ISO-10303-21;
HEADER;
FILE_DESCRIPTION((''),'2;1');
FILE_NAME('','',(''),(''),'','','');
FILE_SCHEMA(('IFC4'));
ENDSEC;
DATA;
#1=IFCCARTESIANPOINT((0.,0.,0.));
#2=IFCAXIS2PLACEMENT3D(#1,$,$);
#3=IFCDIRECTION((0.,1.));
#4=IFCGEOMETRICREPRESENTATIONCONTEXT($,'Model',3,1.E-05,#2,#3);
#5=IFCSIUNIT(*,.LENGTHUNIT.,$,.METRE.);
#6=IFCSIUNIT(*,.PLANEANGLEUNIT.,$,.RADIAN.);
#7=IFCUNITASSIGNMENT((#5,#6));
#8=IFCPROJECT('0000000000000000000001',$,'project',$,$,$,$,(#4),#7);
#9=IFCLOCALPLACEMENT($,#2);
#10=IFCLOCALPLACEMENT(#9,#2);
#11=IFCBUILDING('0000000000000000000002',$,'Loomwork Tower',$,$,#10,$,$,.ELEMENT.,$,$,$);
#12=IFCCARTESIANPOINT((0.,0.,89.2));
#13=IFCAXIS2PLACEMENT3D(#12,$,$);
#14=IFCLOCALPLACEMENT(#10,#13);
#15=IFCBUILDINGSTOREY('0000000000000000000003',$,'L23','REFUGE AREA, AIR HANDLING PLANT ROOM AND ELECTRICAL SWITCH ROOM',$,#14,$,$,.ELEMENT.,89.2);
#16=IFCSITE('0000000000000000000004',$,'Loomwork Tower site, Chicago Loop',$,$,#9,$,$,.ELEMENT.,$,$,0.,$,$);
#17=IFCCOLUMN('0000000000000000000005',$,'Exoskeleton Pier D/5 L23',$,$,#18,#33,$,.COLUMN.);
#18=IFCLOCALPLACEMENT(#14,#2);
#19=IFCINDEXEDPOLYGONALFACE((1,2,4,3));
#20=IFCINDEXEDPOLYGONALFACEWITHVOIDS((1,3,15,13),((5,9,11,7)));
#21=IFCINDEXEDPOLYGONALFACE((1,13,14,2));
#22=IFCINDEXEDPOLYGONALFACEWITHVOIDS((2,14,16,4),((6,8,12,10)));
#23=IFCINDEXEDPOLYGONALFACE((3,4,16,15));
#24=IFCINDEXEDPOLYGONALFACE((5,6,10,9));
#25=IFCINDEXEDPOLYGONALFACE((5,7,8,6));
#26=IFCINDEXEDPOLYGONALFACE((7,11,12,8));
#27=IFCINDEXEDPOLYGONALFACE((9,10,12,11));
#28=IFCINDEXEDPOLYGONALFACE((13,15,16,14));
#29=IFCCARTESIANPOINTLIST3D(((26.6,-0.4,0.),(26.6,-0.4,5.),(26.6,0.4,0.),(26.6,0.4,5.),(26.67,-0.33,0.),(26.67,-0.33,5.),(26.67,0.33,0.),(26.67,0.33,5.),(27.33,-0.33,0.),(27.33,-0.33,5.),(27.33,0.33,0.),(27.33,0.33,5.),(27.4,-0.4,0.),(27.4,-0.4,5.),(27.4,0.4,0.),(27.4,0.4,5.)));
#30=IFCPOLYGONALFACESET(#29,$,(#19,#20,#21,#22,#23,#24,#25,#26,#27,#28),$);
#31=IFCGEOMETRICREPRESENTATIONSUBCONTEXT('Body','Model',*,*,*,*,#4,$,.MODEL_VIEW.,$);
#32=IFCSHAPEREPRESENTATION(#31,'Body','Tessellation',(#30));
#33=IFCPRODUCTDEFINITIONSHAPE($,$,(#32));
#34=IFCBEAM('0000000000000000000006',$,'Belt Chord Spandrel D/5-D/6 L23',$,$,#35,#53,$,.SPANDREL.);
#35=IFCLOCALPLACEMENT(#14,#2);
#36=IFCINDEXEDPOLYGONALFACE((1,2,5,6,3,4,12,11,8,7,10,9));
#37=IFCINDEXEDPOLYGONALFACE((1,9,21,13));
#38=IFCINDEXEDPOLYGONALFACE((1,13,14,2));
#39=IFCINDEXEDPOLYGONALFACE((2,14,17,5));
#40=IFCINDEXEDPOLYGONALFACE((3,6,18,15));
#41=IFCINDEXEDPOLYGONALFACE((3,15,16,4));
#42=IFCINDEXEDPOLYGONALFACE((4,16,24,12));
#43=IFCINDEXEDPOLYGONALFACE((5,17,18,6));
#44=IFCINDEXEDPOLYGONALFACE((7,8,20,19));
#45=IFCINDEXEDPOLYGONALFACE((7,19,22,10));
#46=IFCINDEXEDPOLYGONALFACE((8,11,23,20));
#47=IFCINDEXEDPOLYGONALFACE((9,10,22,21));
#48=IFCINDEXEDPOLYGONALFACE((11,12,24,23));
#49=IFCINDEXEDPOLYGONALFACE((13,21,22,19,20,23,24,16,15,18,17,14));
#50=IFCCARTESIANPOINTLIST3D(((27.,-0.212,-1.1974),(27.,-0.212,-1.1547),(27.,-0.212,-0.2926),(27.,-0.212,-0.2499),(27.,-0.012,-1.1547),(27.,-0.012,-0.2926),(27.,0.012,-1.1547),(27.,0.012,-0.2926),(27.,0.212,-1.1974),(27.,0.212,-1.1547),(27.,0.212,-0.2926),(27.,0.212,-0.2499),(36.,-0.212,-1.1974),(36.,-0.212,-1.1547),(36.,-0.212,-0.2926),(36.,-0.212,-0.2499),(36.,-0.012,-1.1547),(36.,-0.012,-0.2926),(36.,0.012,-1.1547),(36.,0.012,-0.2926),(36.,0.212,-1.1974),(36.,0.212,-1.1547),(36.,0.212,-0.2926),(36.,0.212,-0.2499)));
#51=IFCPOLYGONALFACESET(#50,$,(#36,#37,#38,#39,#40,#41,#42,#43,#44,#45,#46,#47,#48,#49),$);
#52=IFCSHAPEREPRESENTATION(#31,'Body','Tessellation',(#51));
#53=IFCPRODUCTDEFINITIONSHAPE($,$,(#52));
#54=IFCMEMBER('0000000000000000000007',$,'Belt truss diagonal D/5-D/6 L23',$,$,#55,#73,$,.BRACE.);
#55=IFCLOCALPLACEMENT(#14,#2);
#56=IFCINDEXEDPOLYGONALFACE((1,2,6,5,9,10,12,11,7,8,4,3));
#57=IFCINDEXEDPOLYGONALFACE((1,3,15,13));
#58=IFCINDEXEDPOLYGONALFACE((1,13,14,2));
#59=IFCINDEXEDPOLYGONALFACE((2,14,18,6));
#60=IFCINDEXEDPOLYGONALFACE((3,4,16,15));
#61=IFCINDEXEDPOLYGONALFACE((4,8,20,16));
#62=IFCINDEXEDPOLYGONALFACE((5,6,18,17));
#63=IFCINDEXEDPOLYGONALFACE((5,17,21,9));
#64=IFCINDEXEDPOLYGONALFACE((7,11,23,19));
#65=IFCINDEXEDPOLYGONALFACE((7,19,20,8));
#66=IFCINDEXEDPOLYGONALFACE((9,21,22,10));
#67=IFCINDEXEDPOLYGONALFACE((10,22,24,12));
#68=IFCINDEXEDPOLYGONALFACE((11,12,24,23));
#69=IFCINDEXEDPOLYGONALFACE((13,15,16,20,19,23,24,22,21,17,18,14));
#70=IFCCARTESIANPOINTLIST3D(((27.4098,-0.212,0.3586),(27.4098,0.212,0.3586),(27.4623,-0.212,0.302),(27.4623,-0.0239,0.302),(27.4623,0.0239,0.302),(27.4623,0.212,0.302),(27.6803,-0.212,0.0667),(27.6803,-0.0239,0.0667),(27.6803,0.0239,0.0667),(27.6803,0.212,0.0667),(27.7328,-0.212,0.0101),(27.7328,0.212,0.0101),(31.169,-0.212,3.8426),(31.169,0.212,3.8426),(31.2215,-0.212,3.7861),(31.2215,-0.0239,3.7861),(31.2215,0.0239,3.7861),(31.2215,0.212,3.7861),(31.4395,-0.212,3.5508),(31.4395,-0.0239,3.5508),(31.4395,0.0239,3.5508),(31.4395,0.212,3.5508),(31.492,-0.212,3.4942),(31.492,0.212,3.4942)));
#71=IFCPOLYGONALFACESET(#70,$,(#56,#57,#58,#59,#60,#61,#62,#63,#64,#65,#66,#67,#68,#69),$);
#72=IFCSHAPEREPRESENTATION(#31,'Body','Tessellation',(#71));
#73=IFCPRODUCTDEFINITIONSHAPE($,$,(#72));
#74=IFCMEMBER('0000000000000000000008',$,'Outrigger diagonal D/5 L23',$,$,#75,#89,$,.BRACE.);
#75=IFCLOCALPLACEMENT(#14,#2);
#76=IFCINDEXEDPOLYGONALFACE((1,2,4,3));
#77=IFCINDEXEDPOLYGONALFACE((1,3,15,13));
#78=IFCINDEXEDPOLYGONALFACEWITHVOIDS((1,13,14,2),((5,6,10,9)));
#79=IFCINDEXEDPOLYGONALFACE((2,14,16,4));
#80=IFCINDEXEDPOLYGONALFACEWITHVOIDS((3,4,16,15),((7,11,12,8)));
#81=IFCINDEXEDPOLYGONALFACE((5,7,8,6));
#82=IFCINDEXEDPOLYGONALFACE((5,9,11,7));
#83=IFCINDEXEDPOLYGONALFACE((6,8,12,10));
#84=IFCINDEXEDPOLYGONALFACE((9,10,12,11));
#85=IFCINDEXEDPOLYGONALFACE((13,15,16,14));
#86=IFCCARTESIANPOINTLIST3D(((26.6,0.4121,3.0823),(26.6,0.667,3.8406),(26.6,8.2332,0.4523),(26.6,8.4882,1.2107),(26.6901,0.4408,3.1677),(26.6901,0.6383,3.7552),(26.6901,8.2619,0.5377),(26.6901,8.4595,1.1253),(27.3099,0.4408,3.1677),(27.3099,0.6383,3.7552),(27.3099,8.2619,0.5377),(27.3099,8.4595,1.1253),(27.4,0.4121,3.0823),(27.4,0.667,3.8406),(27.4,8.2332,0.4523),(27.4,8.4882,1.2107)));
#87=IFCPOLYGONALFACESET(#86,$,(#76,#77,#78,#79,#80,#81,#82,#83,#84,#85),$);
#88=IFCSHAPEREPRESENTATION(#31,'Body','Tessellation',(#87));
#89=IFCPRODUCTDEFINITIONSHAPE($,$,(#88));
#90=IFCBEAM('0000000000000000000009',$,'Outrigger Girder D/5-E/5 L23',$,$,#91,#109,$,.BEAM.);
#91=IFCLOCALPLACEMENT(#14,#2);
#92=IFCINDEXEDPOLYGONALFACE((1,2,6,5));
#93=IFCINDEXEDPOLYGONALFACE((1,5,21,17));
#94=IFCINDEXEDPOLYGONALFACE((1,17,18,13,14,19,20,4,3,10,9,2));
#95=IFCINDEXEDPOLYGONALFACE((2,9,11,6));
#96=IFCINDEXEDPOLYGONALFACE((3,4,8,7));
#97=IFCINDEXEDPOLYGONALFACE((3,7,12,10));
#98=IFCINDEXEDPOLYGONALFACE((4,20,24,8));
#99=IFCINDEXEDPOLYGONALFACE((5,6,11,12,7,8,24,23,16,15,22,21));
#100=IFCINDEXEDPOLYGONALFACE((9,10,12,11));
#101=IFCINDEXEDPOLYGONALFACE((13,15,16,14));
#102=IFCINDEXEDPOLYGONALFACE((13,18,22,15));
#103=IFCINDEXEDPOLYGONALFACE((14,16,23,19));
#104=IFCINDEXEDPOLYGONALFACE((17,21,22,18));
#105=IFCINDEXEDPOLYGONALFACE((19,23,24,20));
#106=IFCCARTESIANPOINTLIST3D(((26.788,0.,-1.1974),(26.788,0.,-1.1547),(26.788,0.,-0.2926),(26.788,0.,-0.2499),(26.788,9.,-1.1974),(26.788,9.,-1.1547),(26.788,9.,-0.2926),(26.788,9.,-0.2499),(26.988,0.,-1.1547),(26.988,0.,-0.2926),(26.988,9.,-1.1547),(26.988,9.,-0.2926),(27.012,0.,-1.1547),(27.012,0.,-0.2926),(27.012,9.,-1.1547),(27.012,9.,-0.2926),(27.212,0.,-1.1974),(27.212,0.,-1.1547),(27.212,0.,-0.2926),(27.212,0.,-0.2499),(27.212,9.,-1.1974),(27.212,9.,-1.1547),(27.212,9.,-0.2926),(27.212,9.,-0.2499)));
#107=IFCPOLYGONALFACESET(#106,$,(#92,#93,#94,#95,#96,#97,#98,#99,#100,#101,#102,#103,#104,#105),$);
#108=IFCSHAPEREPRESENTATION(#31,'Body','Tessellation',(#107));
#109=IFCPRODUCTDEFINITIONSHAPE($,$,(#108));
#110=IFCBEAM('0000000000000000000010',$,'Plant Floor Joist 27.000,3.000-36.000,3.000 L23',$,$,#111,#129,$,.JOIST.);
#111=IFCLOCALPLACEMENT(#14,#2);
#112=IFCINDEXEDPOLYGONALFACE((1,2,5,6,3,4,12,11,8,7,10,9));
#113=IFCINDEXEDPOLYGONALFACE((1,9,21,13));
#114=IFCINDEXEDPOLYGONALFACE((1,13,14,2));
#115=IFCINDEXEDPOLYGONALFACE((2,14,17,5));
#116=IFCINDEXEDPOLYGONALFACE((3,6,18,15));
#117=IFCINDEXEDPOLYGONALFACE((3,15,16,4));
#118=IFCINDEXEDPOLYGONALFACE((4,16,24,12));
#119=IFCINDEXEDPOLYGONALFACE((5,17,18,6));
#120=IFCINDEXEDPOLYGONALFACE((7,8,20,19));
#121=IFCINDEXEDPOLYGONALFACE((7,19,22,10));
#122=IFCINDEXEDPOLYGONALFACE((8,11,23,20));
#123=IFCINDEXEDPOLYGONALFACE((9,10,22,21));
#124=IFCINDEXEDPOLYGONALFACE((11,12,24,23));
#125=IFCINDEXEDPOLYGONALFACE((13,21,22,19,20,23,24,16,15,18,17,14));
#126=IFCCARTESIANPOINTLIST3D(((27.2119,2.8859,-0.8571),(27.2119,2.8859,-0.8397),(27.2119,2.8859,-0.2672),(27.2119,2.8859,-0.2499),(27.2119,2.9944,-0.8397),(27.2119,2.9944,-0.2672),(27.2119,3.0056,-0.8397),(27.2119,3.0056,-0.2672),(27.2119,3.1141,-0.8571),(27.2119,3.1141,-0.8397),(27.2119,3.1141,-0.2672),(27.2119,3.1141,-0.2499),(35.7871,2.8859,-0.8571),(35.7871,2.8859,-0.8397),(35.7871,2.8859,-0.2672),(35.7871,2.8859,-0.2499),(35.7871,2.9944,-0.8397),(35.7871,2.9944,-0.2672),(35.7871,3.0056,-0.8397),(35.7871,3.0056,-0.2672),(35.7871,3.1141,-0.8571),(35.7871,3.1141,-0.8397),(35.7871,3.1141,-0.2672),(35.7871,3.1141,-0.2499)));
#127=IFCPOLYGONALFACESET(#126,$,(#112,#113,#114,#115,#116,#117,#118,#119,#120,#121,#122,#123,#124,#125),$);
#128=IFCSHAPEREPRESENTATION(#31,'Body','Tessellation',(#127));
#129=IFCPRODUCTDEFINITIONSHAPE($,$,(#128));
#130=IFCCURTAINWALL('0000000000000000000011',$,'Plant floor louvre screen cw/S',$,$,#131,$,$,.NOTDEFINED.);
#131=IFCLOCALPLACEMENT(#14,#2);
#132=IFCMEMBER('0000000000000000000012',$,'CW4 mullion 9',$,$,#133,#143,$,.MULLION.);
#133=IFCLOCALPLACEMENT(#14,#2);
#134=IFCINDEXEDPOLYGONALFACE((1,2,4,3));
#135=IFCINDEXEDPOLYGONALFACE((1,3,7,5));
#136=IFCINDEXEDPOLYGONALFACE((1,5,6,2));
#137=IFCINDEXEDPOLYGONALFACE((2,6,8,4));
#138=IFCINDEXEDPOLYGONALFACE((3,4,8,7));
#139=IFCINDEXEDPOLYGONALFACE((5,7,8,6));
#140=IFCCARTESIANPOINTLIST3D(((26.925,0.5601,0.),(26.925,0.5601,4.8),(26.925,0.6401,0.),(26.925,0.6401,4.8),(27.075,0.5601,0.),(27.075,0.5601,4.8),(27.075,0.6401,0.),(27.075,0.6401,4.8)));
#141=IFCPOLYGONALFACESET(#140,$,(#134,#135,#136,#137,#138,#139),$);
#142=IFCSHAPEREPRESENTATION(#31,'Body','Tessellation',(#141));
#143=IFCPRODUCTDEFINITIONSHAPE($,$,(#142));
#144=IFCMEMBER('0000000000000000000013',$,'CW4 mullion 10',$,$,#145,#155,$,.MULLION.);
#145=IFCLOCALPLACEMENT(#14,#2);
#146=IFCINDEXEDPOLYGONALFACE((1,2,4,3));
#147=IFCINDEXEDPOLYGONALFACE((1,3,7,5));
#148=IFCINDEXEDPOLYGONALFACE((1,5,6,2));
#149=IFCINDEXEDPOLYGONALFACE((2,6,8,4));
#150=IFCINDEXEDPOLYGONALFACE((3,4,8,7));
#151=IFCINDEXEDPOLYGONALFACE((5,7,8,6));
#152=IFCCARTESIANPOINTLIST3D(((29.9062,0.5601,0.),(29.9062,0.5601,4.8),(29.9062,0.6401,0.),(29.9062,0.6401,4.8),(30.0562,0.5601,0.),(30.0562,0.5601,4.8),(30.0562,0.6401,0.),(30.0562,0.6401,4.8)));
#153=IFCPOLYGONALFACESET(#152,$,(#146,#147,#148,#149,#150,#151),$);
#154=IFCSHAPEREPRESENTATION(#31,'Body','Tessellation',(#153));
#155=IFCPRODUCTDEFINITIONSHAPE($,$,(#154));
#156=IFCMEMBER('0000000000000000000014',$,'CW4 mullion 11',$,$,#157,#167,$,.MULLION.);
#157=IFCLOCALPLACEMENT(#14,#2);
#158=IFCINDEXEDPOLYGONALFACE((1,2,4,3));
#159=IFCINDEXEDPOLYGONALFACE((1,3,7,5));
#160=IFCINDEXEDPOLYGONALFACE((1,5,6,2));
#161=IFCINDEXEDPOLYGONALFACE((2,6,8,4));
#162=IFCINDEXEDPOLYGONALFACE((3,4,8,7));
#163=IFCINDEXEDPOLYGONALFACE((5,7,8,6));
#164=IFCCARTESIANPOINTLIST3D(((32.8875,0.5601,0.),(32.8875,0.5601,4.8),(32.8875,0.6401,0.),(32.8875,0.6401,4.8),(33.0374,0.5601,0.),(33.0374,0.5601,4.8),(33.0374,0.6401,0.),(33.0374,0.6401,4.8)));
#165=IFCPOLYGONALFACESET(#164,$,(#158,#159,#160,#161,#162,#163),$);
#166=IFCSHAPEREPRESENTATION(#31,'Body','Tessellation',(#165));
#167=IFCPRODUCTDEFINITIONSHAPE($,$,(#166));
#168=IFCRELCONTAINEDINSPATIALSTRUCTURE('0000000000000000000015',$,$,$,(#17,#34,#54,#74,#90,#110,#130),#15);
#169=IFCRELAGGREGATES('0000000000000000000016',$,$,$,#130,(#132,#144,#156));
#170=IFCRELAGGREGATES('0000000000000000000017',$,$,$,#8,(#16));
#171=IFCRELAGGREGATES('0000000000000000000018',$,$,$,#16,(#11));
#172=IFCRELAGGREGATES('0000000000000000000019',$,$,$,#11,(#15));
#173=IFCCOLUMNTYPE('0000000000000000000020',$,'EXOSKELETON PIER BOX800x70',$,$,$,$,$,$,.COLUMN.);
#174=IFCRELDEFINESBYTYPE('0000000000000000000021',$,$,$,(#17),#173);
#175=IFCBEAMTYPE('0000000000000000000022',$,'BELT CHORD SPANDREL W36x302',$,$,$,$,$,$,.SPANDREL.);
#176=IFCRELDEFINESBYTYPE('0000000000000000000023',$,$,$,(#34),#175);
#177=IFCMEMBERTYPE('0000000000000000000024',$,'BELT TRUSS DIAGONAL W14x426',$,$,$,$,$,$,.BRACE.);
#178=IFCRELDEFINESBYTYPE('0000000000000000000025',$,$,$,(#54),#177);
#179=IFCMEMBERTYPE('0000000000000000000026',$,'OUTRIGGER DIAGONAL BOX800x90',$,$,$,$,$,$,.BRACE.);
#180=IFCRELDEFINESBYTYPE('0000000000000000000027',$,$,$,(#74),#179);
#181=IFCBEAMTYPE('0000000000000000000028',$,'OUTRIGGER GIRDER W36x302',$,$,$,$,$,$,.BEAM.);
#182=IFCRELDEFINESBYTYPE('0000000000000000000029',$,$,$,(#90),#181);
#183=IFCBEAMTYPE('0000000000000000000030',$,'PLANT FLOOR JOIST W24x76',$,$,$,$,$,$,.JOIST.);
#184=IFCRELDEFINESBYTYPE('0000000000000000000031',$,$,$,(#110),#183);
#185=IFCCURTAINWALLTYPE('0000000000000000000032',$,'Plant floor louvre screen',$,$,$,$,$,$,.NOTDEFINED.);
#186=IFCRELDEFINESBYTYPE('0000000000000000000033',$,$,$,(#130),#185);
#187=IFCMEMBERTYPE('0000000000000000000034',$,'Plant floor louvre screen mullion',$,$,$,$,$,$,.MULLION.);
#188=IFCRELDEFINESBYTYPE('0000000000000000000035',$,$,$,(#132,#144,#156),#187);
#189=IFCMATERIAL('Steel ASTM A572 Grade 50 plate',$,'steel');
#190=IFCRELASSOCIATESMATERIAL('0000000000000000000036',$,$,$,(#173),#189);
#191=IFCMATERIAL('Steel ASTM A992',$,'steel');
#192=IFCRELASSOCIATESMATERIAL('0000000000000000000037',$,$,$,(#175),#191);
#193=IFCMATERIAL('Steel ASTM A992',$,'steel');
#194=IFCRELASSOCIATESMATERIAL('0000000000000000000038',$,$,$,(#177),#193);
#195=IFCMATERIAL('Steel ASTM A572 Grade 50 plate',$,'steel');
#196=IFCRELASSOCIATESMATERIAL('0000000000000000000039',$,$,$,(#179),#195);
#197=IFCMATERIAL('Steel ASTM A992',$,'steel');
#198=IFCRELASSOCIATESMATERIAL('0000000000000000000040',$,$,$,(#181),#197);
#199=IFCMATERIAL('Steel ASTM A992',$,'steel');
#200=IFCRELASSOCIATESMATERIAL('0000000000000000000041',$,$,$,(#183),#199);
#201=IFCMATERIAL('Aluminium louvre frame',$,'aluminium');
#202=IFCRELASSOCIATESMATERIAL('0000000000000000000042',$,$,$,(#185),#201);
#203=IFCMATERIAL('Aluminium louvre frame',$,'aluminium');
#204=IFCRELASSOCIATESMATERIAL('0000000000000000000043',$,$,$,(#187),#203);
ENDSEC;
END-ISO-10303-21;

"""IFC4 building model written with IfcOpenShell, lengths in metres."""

from ifc_helpers import new_model, si_unit, direction, frame, origin, origin_2d, place, context, subcontext, project, spatial, rectangle, hollow_rectangle, i_section, extrude, material, material_profile, profile_set, type_object, element, aggregate, save


model = new_model("IFC4")

# Units and contexts
model_context = context("Model", 3, precision=1e-05, world=origin(), true_north=direction((0.0, 1.0)))
body_context = subcontext(model_context, "Body", "Model", "MODEL_VIEW")
ifc_project = project(units=[si_unit("LENGTHUNIT", "METRE"), si_unit("PLANEANGLEUNIT", "RADIAN")], contexts=[model_context])

# Site, building, storey
site_placement = place(None, origin())
site = spatial("IfcSite", under=ifc_project, at=site_placement, Name="Loomwork Tower site, Chicago Loop", CompositionType="ELEMENT", RefElevation=0.0)
building_placement = place(site_placement, origin())
building = spatial("IfcBuilding", under=site, at=building_placement, Name="Loomwork Tower", CompositionType="ELEMENT")
storey_placement = place(building_placement, frame((0.0, 0.0, 89.2)))
storey = spatial("IfcBuildingStorey", under=building, at=storey_placement, Name="L23", Description="REFUGE AREA, AIR HANDLING PLANT ROOM AND ELECTRICAL SWITCH ROOM", CompositionType="ELEMENT", Elevation=89.2)

# Column
ifc_material_1 = material(Name="Steel ASTM A572 Grade 50 plate", Category="steel")
ifc_material_profile_1 = material_profile(ifc_material_1, hollow_rectangle(XDim=0.8, YDim=0.8, WallThickness=0.0701, at=origin_2d()), Name="BOX800x70")
ifc_profile_set_1 = profile_set([ifc_material_profile_1], Name="Steel ASTM A572 Grade 50 plate")
column_type = type_object("IfcColumnType", Name="EXOSKELETON PIER BOX800x70", PredefinedType="COLUMN", material=ifc_profile_set_1)
column_placement = place(storey_placement, frame((27.0, 0.0, 0.0), z_axis=(0.0, 0.0, 1.0), x_axis=(1.0, 0.0, 0.0)))
element("IfcColumn", 1, at=column_placement, inside=storey, type_object=column_type, Name="Exoskeleton Pier D/5 L23", PredefinedType="COLUMN", context=body_context, shape_type="SweptSolid", body=[
    extrude(hollow_rectangle(XDim=0.8, YDim=0.8, WallThickness=0.0701, at=origin_2d()), origin(), (0.0, 0.0, 1.0), 5.0),
])

# Beam
ifc_material_2 = material(Name="Steel ASTM A992", Category="steel")
ifc_material_profile_2 = material_profile(ifc_material_2, i_section(OverallWidth=0.4241, OverallDepth=0.9475, WebThickness=0.0239, FlangeThickness=0.0427, at=origin_2d()), Name="W36x302")
ifc_profile_set_2 = profile_set([ifc_material_profile_2], Name="Steel ASTM A992")
beam_type_1 = type_object("IfcBeamType", Name="BELT CHORD SPANDREL W36x302", PredefinedType="SPANDREL", material=ifc_profile_set_2)
beam_1_placement = place(storey_placement, frame((27.0, 0.0, -0.7236), z_axis=(1.0, 0.0, 0.0), x_axis=(0.0, 1.0, 0.0)))
element("IfcBeam", 2, at=beam_1_placement, inside=storey, type_object=beam_type_1, Name="Belt Chord Spandrel D/5-D/6 L23", PredefinedType="SPANDREL", context=body_context, shape_type="SweptSolid", body=[
    extrude(i_section(OverallWidth=0.4241, OverallDepth=0.9475, WebThickness=0.0239, FlangeThickness=0.0427, at=origin_2d()), origin(), (0.0, 0.0, 1.0), 9.0),
])

# Members
ifc_material_3 = material(Name="Steel ASTM A992", Category="steel")
ifc_material_profile_3 = material_profile(ifc_material_3, i_section(OverallWidth=0.4241, OverallDepth=0.4751, WebThickness=0.0479, FlangeThickness=0.0771, at=origin_2d()), Name="W14x426")
ifc_profile_set_3 = profile_set([ifc_material_profile_3], Name="Steel ASTM A992")
member_type_1 = type_object("IfcMemberType", Name="BELT TRUSS DIAGONAL W14x426", PredefinedType="BRACE", material=ifc_profile_set_3)
member_1_placement = place(storey_placement, frame((27.5713, 0.0, 0.1843), z_axis=(0.733438, 0.0, 0.679757), x_axis=(0.0, 1.0, 0.0)))
element("IfcMember", 3, at=member_1_placement, inside=storey, type_object=member_type_1, Name="Belt truss diagonal D/5-D/6 L23", PredefinedType="BRACE", context=body_context, shape_type="SweptSolid", body=[
    extrude(i_section(OverallWidth=0.4241, OverallDepth=0.4751, WebThickness=0.0479, FlangeThickness=0.0771, at=origin_2d()), origin(), (0.0, 0.0, 1.0), 5.1255),
])
ifc_material_4 = material(Name="Steel ASTM A572 Grade 50 plate", Category="steel")
ifc_material_profile_4 = material_profile(ifc_material_4, hollow_rectangle(XDim=0.8, YDim=0.8, WallThickness=0.0901, at=origin_2d()), Name="BOX800x90")
ifc_profile_set_4 = profile_set([ifc_material_profile_4], Name="Steel ASTM A572 Grade 50 plate")
member_type_2 = type_object("IfcMemberType", Name="OUTRIGGER DIAGONAL BOX800x90", PredefinedType="BRACE", material=ifc_profile_set_4)
member_2_placement = place(storey_placement, frame((27.0, 0.5396, 3.4614), z_axis=(0.0, 0.947849, -0.318721), x_axis=(-1.0, 0.0, 0.0)))
element("IfcMember", 4, at=member_2_placement, inside=storey, type_object=member_type_2, Name="Outrigger diagonal D/5 L23", PredefinedType="BRACE", context=body_context, shape_type="SweptSolid", body=[
    extrude(hollow_rectangle(XDim=0.8, YDim=0.8, WallThickness=0.0901, at=origin_2d()), origin(), (0.0, 0.0, 1.0), 8.2515),
])

# Beams
ifc_material_5 = material(Name="Steel ASTM A992", Category="steel")
ifc_material_profile_5 = material_profile(ifc_material_5, i_section(OverallWidth=0.4241, OverallDepth=0.9475, WebThickness=0.0239, FlangeThickness=0.0427, at=origin_2d()), Name="W36x302")
ifc_profile_set_5 = profile_set([ifc_material_profile_5], Name="Steel ASTM A992")
beam_type_2 = type_object("IfcBeamType", Name="OUTRIGGER GIRDER W36x302", PredefinedType="BEAM", material=ifc_profile_set_5)
beam_2_placement = place(storey_placement, frame((27.0, 0.0, -0.7236), z_axis=(0.0, 1.0, 0.0), x_axis=(-1.0, 0.0, 0.0)))
element("IfcBeam", 5, at=beam_2_placement, inside=storey, type_object=beam_type_2, Name="Outrigger Girder D/5-E/5 L23", PredefinedType="BEAM", context=body_context, shape_type="SweptSolid", body=[
    extrude(i_section(OverallWidth=0.4241, OverallDepth=0.9475, WebThickness=0.0239, FlangeThickness=0.0427, at=origin_2d()), origin(), (0.0, 0.0, 1.0), 9.0),
])
ifc_material_6 = material(Name="Steel ASTM A992", Category="steel")
ifc_material_profile_6 = material_profile(ifc_material_6, i_section(OverallWidth=0.2283, OverallDepth=0.6072, WebThickness=0.0112, FlangeThickness=0.0173, at=origin_2d()), Name="W24x76")
ifc_profile_set_6 = profile_set([ifc_material_profile_6], Name="Steel ASTM A992")
beam_type_3 = type_object("IfcBeamType", Name="PLANT FLOOR JOIST W24x76", PredefinedType="JOIST", material=ifc_profile_set_6)
beam_3_placement = place(storey_placement, frame((27.2119, 3.0, -0.5535), z_axis=(1.0, 0.0, 0.0), x_axis=(0.0, 1.0, 0.0)))
element("IfcBeam", 6, at=beam_3_placement, inside=storey, type_object=beam_type_3, Name="Plant Floor Joist 27.000,3.000-36.000,3.000 L23", PredefinedType="JOIST", context=body_context, shape_type="SweptSolid", body=[
    extrude(i_section(OverallWidth=0.2283, OverallDepth=0.6072, WebThickness=0.0112, FlangeThickness=0.0173, at=origin_2d()), origin(), (0.0, 0.0, 1.0), 8.5752),
])

# Curtain wall, members
ifc_material_7 = material(Name="Aluminium louvre frame", Category="aluminium")
curtain_wall_type = type_object("IfcCurtainWallType", Name="Plant floor louvre screen", PredefinedType="NOTDEFINED", material=ifc_material_7)
curtain_wall_placement = place(storey_placement, origin())
curtain_wall = element("IfcCurtainWall", 7, at=curtain_wall_placement, inside=storey, type_object=curtain_wall_type, Name="Plant floor louvre screen cw/S", PredefinedType="NOTDEFINED")
ifc_material_8 = material(Name="Aluminium louvre frame", Category="aluminium")
ifc_material_profile_7 = material_profile(ifc_material_8, rectangle(XDim=0.0801, YDim=0.1499, at=origin_2d()), Name="AL 80x150")
ifc_profile_set_7 = profile_set([ifc_material_profile_7], Name="Aluminium louvre frame")
member_type_3 = type_object("IfcMemberType", Name="Plant floor louvre screen mullion", PredefinedType="MULLION", material=ifc_profile_set_7)
member_3_placement = place(storey_placement, frame((27.0, 0.6001, 0.0), z_axis=(0.0, 0.0, 1.0), x_axis=(0.0, 1.0, 0.0)))
member_3 = element("IfcMember", 8, at=member_3_placement, type_object=member_type_3, Name="CW4 mullion 9", PredefinedType="MULLION", context=body_context, shape_type="SweptSolid", body=[
    extrude(rectangle(XDim=0.0801, YDim=0.1499, at=origin_2d()), origin(), (0.0, 0.0, 1.0), 4.8),
])
member_4_placement = place(storey_placement, frame((29.9812, 0.6001, 0.0), z_axis=(0.0, 0.0, 1.0), x_axis=(0.0, 1.0, 0.0)))
member_4 = element("IfcMember", 9, at=member_4_placement, type_object=member_type_3, Name="CW4 mullion 10", PredefinedType="MULLION", context=body_context, shape_type="SweptSolid", body=[
    extrude(rectangle(XDim=0.0801, YDim=0.1499, at=origin_2d()), origin(), (0.0, 0.0, 1.0), 4.8),
])
member_5_placement = place(storey_placement, frame((32.9624, 0.6001, 0.0), z_axis=(0.0, 0.0, 1.0), x_axis=(0.0, 1.0, 0.0)))
member_5 = element("IfcMember", 10, at=member_5_placement, type_object=member_type_3, Name="CW4 mullion 11", PredefinedType="MULLION", context=body_context, shape_type="SweptSolid", body=[
    extrude(rectangle(XDim=0.0801, YDim=0.1499, at=origin_2d()), origin(), (0.0, 0.0, 1.0), 4.8),
])

aggregate(curtain_wall, [member_3, member_4, member_5])

save(model, "model.ifc")
